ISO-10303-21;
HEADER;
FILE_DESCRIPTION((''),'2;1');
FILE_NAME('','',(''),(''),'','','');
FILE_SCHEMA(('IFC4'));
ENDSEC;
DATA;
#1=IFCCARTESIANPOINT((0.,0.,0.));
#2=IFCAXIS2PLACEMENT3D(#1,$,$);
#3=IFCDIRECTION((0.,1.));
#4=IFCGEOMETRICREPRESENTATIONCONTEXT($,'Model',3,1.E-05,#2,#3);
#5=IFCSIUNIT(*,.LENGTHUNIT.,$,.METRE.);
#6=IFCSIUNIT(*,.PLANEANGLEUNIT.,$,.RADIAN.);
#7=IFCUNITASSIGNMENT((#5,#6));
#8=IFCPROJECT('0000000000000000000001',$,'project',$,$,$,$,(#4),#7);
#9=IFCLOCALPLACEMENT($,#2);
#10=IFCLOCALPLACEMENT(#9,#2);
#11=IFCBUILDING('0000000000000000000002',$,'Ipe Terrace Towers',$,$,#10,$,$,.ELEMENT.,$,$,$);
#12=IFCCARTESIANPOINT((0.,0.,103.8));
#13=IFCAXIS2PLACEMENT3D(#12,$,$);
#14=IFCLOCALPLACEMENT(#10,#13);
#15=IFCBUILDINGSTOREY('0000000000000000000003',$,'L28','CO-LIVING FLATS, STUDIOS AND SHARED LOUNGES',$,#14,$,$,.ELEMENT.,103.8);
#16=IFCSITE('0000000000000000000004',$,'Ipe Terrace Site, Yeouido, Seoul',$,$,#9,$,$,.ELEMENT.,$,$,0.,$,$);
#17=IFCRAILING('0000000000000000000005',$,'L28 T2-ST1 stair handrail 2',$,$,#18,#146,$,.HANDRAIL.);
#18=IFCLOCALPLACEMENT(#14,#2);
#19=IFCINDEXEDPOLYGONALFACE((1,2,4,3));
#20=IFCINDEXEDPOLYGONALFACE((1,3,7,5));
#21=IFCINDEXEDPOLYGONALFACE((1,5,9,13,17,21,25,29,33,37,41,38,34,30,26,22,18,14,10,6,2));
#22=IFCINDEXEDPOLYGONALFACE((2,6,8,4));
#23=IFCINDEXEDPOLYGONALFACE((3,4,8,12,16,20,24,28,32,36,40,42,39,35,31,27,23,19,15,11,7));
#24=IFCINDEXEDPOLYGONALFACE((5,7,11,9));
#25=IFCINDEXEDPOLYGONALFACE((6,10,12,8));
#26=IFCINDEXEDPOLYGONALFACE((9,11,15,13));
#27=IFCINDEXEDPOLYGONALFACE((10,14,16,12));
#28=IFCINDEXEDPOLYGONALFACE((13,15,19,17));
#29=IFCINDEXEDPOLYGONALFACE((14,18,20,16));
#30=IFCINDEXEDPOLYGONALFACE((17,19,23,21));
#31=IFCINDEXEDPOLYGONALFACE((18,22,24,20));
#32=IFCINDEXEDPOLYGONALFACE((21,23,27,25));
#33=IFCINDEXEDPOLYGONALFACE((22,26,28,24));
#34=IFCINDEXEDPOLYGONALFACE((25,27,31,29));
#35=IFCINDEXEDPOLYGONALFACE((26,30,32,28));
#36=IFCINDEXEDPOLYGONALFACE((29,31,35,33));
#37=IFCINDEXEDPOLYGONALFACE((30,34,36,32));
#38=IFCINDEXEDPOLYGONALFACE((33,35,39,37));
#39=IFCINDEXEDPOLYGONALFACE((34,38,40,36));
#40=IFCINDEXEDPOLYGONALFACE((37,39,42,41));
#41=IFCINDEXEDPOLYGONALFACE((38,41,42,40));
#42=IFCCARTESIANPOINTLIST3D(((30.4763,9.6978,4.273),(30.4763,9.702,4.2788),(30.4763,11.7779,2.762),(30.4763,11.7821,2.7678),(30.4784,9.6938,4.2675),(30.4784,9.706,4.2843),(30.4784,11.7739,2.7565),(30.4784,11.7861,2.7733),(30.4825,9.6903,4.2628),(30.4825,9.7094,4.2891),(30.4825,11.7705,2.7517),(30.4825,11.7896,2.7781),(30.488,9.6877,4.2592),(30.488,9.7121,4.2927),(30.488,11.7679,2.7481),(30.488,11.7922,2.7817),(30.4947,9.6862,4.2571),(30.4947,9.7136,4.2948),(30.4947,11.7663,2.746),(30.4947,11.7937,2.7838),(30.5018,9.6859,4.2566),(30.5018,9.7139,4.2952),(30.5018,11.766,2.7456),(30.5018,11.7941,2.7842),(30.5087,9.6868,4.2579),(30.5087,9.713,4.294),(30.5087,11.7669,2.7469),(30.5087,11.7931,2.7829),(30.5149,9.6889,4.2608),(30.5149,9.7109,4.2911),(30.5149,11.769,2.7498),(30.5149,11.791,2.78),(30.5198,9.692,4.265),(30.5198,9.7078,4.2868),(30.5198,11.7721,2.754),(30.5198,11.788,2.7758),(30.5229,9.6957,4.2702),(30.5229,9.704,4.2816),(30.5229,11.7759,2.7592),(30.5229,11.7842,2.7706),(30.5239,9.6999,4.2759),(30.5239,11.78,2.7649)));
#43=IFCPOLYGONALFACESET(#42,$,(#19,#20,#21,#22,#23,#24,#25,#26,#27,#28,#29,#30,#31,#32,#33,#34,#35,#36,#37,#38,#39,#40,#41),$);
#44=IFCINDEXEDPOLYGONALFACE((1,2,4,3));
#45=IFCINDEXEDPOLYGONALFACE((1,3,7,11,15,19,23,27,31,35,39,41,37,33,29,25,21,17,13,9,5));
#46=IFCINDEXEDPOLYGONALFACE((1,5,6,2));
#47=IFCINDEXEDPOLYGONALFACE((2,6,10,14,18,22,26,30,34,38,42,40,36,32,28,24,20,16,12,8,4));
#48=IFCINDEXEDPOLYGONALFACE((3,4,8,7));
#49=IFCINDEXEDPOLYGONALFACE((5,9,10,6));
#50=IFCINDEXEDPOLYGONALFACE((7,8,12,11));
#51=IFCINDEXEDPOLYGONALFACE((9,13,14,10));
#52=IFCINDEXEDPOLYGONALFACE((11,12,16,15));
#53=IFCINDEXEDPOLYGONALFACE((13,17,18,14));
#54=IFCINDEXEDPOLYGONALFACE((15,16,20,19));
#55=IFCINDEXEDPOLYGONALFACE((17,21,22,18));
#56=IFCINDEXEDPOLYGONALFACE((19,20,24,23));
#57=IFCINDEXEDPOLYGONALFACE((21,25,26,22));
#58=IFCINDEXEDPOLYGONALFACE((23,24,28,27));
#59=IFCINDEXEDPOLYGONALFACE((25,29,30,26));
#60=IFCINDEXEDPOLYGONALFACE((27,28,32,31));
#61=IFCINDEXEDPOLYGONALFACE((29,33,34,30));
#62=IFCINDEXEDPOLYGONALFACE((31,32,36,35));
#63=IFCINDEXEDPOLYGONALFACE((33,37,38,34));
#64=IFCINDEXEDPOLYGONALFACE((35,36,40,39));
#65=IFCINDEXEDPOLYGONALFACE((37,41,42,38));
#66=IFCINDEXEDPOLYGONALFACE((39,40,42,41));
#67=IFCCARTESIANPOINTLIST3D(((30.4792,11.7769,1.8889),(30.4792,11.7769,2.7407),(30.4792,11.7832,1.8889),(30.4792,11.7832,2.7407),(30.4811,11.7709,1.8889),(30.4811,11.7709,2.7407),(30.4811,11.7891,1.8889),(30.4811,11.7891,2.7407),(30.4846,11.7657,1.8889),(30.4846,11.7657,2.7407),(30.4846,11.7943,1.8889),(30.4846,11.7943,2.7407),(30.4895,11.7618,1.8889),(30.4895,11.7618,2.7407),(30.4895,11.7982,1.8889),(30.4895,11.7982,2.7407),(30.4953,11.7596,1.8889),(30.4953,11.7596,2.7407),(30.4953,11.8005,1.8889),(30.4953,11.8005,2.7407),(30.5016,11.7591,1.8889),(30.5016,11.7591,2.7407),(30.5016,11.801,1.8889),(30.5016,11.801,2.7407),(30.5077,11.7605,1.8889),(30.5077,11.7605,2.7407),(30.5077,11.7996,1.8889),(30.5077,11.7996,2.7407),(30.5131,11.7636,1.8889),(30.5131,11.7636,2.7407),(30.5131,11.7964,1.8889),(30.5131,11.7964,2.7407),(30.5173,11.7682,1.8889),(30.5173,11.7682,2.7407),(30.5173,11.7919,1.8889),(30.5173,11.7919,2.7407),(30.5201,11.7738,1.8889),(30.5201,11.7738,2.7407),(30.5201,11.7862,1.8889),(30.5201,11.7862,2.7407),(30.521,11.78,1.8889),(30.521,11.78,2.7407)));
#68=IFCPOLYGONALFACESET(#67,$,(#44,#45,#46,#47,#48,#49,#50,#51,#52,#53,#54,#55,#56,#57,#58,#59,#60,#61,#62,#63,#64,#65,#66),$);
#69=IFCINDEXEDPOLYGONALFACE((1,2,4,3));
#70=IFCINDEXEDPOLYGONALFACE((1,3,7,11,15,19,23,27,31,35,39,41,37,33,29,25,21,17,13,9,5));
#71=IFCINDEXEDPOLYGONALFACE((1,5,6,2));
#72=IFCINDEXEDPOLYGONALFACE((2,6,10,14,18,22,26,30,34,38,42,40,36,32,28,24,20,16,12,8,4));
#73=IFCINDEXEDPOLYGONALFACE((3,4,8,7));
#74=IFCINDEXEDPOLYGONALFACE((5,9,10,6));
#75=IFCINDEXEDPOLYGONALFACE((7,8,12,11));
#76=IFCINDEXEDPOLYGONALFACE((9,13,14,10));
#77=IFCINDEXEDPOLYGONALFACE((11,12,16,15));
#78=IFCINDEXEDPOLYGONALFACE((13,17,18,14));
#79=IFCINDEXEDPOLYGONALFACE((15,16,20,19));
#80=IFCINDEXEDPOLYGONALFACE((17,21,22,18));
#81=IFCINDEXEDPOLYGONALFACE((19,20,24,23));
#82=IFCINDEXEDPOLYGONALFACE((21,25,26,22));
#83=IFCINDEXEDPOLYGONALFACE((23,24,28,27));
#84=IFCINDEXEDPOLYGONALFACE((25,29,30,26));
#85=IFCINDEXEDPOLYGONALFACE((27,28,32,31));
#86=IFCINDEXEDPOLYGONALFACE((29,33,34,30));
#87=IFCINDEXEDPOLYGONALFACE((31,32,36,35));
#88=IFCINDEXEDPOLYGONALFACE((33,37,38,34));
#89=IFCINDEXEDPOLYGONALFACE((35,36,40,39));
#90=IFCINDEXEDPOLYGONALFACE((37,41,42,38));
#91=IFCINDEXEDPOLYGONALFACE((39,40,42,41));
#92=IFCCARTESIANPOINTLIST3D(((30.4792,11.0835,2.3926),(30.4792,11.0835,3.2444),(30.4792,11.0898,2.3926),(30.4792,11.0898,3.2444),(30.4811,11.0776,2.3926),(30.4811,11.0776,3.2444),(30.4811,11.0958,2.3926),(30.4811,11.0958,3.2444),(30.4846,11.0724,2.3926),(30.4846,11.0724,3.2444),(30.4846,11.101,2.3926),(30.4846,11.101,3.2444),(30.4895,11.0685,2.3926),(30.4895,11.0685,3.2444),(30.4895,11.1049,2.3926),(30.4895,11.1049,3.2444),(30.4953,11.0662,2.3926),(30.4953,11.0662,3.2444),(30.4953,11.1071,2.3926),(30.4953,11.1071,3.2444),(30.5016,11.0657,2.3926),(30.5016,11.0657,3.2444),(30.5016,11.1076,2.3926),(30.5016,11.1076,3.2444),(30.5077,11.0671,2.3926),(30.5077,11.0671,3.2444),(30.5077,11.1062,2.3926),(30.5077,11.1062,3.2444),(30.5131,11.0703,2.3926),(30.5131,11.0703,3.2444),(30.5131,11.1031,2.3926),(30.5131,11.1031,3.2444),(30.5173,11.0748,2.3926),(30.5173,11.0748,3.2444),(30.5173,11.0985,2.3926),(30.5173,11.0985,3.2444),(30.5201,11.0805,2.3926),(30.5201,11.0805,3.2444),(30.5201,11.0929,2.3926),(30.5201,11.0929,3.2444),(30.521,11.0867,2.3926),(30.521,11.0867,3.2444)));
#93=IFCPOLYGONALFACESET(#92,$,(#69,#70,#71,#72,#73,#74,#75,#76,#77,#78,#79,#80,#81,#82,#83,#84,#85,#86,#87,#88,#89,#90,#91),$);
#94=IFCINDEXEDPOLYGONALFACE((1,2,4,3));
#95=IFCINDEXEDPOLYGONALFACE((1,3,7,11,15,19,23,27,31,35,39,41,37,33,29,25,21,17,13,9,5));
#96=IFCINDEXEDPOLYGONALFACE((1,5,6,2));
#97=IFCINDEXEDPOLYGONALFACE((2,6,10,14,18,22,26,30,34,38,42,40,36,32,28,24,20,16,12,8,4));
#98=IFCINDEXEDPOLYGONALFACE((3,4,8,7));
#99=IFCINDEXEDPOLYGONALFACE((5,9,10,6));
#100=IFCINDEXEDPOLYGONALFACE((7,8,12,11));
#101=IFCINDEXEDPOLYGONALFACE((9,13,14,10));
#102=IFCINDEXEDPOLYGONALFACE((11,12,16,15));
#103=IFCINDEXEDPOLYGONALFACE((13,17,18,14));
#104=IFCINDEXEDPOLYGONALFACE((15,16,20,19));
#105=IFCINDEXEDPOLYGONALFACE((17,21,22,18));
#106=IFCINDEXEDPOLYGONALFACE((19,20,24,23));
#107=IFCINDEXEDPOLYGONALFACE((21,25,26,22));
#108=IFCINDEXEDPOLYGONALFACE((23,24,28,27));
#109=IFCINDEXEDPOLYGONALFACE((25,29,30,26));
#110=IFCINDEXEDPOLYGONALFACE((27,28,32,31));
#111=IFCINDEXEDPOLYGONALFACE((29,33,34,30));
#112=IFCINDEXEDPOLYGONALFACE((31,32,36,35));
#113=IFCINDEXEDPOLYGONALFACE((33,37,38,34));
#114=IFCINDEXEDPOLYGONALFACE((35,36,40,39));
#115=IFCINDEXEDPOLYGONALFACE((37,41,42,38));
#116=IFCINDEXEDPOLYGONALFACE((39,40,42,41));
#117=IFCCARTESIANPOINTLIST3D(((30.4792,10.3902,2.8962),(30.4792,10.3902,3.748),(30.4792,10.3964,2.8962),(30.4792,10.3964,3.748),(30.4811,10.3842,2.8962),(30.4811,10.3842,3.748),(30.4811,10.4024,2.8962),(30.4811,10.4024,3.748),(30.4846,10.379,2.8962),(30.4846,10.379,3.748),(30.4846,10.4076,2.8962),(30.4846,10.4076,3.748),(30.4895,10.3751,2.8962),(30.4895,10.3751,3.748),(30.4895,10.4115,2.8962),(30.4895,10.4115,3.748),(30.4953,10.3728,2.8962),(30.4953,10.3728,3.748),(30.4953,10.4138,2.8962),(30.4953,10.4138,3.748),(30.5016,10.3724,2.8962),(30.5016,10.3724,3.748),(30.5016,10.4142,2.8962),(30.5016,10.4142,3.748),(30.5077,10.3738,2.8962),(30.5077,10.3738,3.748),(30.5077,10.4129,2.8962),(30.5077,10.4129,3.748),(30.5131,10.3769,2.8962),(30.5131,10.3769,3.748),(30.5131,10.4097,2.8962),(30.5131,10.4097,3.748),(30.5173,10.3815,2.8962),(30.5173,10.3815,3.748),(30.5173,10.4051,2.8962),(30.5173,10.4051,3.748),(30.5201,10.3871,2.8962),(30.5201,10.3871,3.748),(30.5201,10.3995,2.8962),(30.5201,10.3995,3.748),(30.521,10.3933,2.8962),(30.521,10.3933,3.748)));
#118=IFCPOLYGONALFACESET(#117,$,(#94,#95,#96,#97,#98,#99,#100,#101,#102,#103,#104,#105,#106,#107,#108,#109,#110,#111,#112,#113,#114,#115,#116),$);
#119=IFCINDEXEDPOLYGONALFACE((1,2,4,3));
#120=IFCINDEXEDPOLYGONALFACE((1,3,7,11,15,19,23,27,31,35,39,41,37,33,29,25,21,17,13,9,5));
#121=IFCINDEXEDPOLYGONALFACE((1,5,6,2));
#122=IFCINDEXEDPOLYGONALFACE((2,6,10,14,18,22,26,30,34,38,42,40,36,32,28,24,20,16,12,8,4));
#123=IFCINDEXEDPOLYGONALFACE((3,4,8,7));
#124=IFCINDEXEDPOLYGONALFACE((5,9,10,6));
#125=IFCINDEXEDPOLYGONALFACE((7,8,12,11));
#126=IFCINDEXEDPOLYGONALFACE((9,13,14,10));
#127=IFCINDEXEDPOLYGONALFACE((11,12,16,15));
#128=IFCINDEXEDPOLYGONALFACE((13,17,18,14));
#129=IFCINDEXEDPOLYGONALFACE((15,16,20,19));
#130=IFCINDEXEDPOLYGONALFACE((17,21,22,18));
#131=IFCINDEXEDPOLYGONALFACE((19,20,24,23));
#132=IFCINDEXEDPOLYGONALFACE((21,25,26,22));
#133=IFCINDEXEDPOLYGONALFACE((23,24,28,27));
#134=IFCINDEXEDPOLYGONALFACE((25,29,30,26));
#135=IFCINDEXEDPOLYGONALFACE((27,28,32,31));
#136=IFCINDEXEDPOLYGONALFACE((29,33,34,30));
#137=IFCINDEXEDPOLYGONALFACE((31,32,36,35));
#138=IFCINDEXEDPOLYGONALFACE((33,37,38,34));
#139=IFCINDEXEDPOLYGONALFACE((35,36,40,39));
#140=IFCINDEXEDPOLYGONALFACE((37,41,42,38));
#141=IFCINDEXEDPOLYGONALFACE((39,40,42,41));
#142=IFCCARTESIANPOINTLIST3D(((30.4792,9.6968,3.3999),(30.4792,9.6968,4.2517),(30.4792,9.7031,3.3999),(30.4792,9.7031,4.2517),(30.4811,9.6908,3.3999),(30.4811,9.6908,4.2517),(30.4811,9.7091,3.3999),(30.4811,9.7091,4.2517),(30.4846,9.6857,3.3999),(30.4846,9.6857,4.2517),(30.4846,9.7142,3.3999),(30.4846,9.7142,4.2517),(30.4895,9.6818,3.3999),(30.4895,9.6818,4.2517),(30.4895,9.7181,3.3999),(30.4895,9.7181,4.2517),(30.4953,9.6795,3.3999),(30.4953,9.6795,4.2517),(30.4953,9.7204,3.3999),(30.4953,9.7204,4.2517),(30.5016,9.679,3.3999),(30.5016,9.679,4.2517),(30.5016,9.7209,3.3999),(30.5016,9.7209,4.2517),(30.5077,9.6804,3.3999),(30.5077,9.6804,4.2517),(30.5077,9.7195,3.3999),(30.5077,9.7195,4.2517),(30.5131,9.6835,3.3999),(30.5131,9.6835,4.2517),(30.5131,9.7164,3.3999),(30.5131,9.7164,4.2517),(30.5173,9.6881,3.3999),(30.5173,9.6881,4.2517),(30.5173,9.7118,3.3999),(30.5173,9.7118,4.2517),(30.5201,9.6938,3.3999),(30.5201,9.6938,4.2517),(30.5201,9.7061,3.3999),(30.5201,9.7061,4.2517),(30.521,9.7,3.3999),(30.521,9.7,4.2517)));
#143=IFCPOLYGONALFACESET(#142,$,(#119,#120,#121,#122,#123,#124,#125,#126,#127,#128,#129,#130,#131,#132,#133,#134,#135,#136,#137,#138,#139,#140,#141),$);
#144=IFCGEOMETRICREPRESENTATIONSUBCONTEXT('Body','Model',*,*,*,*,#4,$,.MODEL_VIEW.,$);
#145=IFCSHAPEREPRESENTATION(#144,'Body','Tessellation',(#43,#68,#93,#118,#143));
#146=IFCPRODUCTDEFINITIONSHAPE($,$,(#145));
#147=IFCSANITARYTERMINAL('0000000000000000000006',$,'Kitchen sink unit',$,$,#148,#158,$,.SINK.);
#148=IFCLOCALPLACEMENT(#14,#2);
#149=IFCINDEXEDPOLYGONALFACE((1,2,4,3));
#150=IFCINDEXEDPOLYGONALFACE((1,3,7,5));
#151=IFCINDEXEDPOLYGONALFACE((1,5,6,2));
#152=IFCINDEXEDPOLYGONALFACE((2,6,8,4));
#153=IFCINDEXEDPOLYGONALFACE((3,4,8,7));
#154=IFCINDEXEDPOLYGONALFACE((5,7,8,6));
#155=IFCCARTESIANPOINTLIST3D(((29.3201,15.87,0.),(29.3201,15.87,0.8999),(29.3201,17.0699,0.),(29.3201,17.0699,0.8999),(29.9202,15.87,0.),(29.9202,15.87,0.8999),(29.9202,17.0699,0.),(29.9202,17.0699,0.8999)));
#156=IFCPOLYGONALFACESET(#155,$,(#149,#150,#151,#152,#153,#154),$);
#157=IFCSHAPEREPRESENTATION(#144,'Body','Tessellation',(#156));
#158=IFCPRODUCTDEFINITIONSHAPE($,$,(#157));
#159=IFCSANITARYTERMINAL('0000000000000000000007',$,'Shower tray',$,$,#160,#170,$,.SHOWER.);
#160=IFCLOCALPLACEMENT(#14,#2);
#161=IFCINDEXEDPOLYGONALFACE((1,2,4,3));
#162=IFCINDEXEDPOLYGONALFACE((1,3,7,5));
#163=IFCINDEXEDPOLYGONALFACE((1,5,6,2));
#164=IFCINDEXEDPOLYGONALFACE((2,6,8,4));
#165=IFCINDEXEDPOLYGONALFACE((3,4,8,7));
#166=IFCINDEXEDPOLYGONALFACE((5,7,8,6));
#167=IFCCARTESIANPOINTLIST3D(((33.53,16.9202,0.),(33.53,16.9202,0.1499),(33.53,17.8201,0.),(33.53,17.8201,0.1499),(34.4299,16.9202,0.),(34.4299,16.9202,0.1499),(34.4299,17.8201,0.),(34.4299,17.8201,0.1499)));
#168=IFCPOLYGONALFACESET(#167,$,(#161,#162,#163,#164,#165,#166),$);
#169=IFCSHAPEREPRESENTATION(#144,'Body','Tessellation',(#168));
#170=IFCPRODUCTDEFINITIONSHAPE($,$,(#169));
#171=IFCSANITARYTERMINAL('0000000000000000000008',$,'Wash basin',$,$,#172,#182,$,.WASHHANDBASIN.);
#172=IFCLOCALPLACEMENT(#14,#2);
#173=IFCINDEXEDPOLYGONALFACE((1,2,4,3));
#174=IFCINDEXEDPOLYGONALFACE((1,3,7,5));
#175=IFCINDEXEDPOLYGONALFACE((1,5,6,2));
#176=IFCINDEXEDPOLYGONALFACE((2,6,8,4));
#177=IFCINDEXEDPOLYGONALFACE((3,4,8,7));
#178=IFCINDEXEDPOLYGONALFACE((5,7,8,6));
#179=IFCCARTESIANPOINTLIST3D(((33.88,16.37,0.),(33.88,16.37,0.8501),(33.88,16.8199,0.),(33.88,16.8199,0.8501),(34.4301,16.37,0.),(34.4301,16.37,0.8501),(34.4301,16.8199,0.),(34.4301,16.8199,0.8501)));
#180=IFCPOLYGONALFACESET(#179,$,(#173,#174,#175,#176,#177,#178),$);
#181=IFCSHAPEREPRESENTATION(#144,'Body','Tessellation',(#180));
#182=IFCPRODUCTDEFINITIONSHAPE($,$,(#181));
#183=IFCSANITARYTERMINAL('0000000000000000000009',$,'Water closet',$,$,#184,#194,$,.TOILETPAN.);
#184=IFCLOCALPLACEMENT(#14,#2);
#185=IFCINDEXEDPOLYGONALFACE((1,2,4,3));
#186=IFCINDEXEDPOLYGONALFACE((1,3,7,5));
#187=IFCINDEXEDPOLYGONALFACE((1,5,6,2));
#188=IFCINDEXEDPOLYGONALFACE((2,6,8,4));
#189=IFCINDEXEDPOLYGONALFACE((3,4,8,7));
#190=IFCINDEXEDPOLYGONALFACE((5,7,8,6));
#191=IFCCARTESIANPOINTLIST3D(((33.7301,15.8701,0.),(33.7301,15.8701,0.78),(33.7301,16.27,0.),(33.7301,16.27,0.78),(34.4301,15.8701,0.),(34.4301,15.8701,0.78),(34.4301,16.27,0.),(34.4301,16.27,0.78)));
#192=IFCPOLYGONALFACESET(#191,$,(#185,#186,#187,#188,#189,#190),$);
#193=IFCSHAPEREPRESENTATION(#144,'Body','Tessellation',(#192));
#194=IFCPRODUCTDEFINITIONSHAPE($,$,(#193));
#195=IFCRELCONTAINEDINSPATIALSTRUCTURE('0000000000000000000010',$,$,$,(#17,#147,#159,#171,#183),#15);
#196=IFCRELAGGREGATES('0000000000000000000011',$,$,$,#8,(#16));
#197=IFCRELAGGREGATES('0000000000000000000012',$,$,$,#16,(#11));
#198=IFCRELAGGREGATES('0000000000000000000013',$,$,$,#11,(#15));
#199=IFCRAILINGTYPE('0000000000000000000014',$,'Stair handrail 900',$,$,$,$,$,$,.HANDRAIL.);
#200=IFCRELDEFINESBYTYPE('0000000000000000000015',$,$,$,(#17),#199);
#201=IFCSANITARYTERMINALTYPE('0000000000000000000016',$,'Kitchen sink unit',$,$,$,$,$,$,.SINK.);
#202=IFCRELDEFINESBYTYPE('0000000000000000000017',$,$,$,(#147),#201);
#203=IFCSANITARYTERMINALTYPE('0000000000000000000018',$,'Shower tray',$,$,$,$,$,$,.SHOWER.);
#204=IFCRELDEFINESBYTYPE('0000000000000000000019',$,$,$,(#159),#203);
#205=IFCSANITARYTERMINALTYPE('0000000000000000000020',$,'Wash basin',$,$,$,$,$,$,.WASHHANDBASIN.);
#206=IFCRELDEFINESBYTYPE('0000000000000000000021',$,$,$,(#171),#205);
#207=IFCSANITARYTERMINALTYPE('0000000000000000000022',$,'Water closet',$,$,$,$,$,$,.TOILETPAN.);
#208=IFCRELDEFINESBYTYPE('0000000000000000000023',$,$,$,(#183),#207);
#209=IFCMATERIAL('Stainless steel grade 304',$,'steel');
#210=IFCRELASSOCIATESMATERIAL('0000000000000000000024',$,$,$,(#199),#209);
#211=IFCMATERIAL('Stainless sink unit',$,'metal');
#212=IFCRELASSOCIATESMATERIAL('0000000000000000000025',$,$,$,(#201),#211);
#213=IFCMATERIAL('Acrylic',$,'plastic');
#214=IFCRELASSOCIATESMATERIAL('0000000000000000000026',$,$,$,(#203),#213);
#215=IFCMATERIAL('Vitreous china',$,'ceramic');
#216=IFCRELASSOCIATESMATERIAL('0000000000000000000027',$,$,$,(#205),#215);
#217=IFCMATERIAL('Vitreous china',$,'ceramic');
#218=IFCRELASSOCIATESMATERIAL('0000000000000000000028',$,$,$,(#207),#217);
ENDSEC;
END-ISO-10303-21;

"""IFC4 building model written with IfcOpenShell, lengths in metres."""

from ifc_helpers import new_model, si_unit, direction, frame, origin, origin_2d, place, context, subcontext, project, spatial, rectangle, circle, extrude, material, type_object, element, save


model = new_model("IFC4")

# Units and contexts
model_context = context("Model", 3, precision=1e-05, world=origin(), true_north=direction((0.0, 1.0)))
body_context = subcontext(model_context, "Body", "Model", "MODEL_VIEW")
ifc_project = project(units=[si_unit("LENGTHUNIT", "METRE"), si_unit("PLANEANGLEUNIT", "RADIAN")], contexts=[model_context])

# Site, building, storey
site_placement = place(None, origin())
site = spatial("IfcSite", under=ifc_project, at=site_placement, Name="Ipe Terrace Site, Yeouido, Seoul", CompositionType="ELEMENT", RefElevation=0.0)
building_placement = place(site_placement, origin())
building = spatial("IfcBuilding", under=site, at=building_placement, Name="Ipe Terrace Towers", CompositionType="ELEMENT")
storey_placement = place(building_placement, frame((0.0, 0.0, 103.8)))
storey = spatial("IfcBuildingStorey", under=building, at=storey_placement, Name="L28", Description="CO-LIVING FLATS, STUDIOS AND SHARED LOUNGES", CompositionType="ELEMENT", Elevation=103.8)

# Railing
ifc_material_1 = material(Name="Stainless steel grade 304", Category="steel")
railing_type_1 = type_object("IfcRailingType", Name="Stair handrail 900", PredefinedType="HANDRAIL", material=ifc_material_1)
railing_1_placement = place(storey_placement, frame((30.5, 11.78, 1.8889)))
element("IfcRailing", 1, at=railing_1_placement, inside=storey, type_object=railing_type_1, Name="L28 T2-ST1 stair handrail 2", PredefinedType="HANDRAIL", context=body_context, shape_type="SweptSolid", body=[
    extrude(circle(Radius=0.0239, at=origin_2d()), frame((0.0, 0.0, 0.876), z_axis=(0.0, -0.809069, 0.587714), x_axis=(1.0, 0.0, 0.0)), (0.0, 0.0, 1.0), 2.571),
    extrude(circle(Radius=0.021, at=origin_2d()), origin(), (0.0, 0.0, 1.0), 0.8518),
    extrude(circle(Radius=0.021, at=origin_2d()), frame((0.0, -0.6934, 0.5037)), (0.0, 0.0, 1.0), 0.8518),
    extrude(circle(Radius=0.021, at=origin_2d()), frame((0.0, -1.3867, 1.0073)), (0.0, 0.0, 1.0), 0.8518),
    extrude(circle(Radius=0.021, at=origin_2d()), frame((0.0, -2.0801, 1.511)), (0.0, 0.0, 1.0), 0.8518),
])

# Sanitary terminals
ifc_material_2 = material(Name="Stainless sink unit", Category="metal")
sanitary_terminal_type_1 = type_object("IfcSanitaryTerminalType", Name="Kitchen sink unit", PredefinedType="SINK", material=ifc_material_2)
sanitary_terminal_1_placement = place(storey_placement, frame((29.6201, 16.47, 0.0), z_axis=(0.0, 0.0, 1.0), x_axis=(0.0, 1.0, 0.0)))
element("IfcSanitaryTerminal", 2, at=sanitary_terminal_1_placement, inside=storey, type_object=sanitary_terminal_type_1, Name="Kitchen sink unit", PredefinedType="SINK", context=body_context, shape_type="SweptSolid", body=[
    extrude(rectangle(XDim=1.2, YDim=0.6001, at=origin_2d()), origin(), (0.0, 0.0, 1.0), 0.8999),
])
ifc_material_3 = material(Name="Acrylic", Category="plastic")
sanitary_terminal_type_2 = type_object("IfcSanitaryTerminalType", Name="Shower tray", PredefinedType="SHOWER", material=ifc_material_3)
sanitary_terminal_2_placement = place(storey_placement, frame((33.98, 17.3701, 0.0), z_axis=(0.0, 0.0, 1.0), x_axis=(-1.0, 0.0, 0.0)))
element("IfcSanitaryTerminal", 3, at=sanitary_terminal_2_placement, inside=storey, type_object=sanitary_terminal_type_2, Name="Shower tray", PredefinedType="SHOWER", context=body_context, shape_type="SweptSolid", body=[
    extrude(rectangle(XDim=0.8999, YDim=0.8999, at=origin_2d()), origin(), (0.0, 0.0, 1.0), 0.1499),
])
ifc_material_4 = material(Name="Vitreous china", Category="ceramic")
sanitary_terminal_type_3 = type_object("IfcSanitaryTerminalType", Name="Wash basin", PredefinedType="WASHHANDBASIN", material=ifc_material_4)
sanitary_terminal_3_placement = place(storey_placement, frame((34.155, 16.595, 0.0), z_axis=(0.0, 0.0, 1.0), x_axis=(-1.0, 0.0, 0.0)))
element("IfcSanitaryTerminal", 4, at=sanitary_terminal_3_placement, inside=storey, type_object=sanitary_terminal_type_3, Name="Wash basin", PredefinedType="WASHHANDBASIN", context=body_context, shape_type="SweptSolid", body=[
    extrude(rectangle(XDim=0.55, YDim=0.45, at=origin_2d()), origin(), (0.0, 0.0, 1.0), 0.8501),
])
ifc_material_5 = material(Name="Vitreous china", Category="ceramic")
sanitary_terminal_type_4 = type_object("IfcSanitaryTerminalType", Name="Water closet", PredefinedType="TOILETPAN", material=ifc_material_5)
sanitary_terminal_4_placement = place(storey_placement, frame((34.0801, 16.0701, 0.0), z_axis=(0.0, 0.0, 1.0), x_axis=(-1.0, 0.0, 0.0)))
element("IfcSanitaryTerminal", 5, at=sanitary_terminal_4_placement, inside=storey, type_object=sanitary_terminal_type_4, Name="Water closet", PredefinedType="TOILETPAN", context=body_context, shape_type="SweptSolid", body=[
    extrude(rectangle(XDim=0.7, YDim=0.3999, at=origin_2d()), origin(), (0.0, 0.0, 1.0), 0.78),
])

save(model, "model.ifc")
